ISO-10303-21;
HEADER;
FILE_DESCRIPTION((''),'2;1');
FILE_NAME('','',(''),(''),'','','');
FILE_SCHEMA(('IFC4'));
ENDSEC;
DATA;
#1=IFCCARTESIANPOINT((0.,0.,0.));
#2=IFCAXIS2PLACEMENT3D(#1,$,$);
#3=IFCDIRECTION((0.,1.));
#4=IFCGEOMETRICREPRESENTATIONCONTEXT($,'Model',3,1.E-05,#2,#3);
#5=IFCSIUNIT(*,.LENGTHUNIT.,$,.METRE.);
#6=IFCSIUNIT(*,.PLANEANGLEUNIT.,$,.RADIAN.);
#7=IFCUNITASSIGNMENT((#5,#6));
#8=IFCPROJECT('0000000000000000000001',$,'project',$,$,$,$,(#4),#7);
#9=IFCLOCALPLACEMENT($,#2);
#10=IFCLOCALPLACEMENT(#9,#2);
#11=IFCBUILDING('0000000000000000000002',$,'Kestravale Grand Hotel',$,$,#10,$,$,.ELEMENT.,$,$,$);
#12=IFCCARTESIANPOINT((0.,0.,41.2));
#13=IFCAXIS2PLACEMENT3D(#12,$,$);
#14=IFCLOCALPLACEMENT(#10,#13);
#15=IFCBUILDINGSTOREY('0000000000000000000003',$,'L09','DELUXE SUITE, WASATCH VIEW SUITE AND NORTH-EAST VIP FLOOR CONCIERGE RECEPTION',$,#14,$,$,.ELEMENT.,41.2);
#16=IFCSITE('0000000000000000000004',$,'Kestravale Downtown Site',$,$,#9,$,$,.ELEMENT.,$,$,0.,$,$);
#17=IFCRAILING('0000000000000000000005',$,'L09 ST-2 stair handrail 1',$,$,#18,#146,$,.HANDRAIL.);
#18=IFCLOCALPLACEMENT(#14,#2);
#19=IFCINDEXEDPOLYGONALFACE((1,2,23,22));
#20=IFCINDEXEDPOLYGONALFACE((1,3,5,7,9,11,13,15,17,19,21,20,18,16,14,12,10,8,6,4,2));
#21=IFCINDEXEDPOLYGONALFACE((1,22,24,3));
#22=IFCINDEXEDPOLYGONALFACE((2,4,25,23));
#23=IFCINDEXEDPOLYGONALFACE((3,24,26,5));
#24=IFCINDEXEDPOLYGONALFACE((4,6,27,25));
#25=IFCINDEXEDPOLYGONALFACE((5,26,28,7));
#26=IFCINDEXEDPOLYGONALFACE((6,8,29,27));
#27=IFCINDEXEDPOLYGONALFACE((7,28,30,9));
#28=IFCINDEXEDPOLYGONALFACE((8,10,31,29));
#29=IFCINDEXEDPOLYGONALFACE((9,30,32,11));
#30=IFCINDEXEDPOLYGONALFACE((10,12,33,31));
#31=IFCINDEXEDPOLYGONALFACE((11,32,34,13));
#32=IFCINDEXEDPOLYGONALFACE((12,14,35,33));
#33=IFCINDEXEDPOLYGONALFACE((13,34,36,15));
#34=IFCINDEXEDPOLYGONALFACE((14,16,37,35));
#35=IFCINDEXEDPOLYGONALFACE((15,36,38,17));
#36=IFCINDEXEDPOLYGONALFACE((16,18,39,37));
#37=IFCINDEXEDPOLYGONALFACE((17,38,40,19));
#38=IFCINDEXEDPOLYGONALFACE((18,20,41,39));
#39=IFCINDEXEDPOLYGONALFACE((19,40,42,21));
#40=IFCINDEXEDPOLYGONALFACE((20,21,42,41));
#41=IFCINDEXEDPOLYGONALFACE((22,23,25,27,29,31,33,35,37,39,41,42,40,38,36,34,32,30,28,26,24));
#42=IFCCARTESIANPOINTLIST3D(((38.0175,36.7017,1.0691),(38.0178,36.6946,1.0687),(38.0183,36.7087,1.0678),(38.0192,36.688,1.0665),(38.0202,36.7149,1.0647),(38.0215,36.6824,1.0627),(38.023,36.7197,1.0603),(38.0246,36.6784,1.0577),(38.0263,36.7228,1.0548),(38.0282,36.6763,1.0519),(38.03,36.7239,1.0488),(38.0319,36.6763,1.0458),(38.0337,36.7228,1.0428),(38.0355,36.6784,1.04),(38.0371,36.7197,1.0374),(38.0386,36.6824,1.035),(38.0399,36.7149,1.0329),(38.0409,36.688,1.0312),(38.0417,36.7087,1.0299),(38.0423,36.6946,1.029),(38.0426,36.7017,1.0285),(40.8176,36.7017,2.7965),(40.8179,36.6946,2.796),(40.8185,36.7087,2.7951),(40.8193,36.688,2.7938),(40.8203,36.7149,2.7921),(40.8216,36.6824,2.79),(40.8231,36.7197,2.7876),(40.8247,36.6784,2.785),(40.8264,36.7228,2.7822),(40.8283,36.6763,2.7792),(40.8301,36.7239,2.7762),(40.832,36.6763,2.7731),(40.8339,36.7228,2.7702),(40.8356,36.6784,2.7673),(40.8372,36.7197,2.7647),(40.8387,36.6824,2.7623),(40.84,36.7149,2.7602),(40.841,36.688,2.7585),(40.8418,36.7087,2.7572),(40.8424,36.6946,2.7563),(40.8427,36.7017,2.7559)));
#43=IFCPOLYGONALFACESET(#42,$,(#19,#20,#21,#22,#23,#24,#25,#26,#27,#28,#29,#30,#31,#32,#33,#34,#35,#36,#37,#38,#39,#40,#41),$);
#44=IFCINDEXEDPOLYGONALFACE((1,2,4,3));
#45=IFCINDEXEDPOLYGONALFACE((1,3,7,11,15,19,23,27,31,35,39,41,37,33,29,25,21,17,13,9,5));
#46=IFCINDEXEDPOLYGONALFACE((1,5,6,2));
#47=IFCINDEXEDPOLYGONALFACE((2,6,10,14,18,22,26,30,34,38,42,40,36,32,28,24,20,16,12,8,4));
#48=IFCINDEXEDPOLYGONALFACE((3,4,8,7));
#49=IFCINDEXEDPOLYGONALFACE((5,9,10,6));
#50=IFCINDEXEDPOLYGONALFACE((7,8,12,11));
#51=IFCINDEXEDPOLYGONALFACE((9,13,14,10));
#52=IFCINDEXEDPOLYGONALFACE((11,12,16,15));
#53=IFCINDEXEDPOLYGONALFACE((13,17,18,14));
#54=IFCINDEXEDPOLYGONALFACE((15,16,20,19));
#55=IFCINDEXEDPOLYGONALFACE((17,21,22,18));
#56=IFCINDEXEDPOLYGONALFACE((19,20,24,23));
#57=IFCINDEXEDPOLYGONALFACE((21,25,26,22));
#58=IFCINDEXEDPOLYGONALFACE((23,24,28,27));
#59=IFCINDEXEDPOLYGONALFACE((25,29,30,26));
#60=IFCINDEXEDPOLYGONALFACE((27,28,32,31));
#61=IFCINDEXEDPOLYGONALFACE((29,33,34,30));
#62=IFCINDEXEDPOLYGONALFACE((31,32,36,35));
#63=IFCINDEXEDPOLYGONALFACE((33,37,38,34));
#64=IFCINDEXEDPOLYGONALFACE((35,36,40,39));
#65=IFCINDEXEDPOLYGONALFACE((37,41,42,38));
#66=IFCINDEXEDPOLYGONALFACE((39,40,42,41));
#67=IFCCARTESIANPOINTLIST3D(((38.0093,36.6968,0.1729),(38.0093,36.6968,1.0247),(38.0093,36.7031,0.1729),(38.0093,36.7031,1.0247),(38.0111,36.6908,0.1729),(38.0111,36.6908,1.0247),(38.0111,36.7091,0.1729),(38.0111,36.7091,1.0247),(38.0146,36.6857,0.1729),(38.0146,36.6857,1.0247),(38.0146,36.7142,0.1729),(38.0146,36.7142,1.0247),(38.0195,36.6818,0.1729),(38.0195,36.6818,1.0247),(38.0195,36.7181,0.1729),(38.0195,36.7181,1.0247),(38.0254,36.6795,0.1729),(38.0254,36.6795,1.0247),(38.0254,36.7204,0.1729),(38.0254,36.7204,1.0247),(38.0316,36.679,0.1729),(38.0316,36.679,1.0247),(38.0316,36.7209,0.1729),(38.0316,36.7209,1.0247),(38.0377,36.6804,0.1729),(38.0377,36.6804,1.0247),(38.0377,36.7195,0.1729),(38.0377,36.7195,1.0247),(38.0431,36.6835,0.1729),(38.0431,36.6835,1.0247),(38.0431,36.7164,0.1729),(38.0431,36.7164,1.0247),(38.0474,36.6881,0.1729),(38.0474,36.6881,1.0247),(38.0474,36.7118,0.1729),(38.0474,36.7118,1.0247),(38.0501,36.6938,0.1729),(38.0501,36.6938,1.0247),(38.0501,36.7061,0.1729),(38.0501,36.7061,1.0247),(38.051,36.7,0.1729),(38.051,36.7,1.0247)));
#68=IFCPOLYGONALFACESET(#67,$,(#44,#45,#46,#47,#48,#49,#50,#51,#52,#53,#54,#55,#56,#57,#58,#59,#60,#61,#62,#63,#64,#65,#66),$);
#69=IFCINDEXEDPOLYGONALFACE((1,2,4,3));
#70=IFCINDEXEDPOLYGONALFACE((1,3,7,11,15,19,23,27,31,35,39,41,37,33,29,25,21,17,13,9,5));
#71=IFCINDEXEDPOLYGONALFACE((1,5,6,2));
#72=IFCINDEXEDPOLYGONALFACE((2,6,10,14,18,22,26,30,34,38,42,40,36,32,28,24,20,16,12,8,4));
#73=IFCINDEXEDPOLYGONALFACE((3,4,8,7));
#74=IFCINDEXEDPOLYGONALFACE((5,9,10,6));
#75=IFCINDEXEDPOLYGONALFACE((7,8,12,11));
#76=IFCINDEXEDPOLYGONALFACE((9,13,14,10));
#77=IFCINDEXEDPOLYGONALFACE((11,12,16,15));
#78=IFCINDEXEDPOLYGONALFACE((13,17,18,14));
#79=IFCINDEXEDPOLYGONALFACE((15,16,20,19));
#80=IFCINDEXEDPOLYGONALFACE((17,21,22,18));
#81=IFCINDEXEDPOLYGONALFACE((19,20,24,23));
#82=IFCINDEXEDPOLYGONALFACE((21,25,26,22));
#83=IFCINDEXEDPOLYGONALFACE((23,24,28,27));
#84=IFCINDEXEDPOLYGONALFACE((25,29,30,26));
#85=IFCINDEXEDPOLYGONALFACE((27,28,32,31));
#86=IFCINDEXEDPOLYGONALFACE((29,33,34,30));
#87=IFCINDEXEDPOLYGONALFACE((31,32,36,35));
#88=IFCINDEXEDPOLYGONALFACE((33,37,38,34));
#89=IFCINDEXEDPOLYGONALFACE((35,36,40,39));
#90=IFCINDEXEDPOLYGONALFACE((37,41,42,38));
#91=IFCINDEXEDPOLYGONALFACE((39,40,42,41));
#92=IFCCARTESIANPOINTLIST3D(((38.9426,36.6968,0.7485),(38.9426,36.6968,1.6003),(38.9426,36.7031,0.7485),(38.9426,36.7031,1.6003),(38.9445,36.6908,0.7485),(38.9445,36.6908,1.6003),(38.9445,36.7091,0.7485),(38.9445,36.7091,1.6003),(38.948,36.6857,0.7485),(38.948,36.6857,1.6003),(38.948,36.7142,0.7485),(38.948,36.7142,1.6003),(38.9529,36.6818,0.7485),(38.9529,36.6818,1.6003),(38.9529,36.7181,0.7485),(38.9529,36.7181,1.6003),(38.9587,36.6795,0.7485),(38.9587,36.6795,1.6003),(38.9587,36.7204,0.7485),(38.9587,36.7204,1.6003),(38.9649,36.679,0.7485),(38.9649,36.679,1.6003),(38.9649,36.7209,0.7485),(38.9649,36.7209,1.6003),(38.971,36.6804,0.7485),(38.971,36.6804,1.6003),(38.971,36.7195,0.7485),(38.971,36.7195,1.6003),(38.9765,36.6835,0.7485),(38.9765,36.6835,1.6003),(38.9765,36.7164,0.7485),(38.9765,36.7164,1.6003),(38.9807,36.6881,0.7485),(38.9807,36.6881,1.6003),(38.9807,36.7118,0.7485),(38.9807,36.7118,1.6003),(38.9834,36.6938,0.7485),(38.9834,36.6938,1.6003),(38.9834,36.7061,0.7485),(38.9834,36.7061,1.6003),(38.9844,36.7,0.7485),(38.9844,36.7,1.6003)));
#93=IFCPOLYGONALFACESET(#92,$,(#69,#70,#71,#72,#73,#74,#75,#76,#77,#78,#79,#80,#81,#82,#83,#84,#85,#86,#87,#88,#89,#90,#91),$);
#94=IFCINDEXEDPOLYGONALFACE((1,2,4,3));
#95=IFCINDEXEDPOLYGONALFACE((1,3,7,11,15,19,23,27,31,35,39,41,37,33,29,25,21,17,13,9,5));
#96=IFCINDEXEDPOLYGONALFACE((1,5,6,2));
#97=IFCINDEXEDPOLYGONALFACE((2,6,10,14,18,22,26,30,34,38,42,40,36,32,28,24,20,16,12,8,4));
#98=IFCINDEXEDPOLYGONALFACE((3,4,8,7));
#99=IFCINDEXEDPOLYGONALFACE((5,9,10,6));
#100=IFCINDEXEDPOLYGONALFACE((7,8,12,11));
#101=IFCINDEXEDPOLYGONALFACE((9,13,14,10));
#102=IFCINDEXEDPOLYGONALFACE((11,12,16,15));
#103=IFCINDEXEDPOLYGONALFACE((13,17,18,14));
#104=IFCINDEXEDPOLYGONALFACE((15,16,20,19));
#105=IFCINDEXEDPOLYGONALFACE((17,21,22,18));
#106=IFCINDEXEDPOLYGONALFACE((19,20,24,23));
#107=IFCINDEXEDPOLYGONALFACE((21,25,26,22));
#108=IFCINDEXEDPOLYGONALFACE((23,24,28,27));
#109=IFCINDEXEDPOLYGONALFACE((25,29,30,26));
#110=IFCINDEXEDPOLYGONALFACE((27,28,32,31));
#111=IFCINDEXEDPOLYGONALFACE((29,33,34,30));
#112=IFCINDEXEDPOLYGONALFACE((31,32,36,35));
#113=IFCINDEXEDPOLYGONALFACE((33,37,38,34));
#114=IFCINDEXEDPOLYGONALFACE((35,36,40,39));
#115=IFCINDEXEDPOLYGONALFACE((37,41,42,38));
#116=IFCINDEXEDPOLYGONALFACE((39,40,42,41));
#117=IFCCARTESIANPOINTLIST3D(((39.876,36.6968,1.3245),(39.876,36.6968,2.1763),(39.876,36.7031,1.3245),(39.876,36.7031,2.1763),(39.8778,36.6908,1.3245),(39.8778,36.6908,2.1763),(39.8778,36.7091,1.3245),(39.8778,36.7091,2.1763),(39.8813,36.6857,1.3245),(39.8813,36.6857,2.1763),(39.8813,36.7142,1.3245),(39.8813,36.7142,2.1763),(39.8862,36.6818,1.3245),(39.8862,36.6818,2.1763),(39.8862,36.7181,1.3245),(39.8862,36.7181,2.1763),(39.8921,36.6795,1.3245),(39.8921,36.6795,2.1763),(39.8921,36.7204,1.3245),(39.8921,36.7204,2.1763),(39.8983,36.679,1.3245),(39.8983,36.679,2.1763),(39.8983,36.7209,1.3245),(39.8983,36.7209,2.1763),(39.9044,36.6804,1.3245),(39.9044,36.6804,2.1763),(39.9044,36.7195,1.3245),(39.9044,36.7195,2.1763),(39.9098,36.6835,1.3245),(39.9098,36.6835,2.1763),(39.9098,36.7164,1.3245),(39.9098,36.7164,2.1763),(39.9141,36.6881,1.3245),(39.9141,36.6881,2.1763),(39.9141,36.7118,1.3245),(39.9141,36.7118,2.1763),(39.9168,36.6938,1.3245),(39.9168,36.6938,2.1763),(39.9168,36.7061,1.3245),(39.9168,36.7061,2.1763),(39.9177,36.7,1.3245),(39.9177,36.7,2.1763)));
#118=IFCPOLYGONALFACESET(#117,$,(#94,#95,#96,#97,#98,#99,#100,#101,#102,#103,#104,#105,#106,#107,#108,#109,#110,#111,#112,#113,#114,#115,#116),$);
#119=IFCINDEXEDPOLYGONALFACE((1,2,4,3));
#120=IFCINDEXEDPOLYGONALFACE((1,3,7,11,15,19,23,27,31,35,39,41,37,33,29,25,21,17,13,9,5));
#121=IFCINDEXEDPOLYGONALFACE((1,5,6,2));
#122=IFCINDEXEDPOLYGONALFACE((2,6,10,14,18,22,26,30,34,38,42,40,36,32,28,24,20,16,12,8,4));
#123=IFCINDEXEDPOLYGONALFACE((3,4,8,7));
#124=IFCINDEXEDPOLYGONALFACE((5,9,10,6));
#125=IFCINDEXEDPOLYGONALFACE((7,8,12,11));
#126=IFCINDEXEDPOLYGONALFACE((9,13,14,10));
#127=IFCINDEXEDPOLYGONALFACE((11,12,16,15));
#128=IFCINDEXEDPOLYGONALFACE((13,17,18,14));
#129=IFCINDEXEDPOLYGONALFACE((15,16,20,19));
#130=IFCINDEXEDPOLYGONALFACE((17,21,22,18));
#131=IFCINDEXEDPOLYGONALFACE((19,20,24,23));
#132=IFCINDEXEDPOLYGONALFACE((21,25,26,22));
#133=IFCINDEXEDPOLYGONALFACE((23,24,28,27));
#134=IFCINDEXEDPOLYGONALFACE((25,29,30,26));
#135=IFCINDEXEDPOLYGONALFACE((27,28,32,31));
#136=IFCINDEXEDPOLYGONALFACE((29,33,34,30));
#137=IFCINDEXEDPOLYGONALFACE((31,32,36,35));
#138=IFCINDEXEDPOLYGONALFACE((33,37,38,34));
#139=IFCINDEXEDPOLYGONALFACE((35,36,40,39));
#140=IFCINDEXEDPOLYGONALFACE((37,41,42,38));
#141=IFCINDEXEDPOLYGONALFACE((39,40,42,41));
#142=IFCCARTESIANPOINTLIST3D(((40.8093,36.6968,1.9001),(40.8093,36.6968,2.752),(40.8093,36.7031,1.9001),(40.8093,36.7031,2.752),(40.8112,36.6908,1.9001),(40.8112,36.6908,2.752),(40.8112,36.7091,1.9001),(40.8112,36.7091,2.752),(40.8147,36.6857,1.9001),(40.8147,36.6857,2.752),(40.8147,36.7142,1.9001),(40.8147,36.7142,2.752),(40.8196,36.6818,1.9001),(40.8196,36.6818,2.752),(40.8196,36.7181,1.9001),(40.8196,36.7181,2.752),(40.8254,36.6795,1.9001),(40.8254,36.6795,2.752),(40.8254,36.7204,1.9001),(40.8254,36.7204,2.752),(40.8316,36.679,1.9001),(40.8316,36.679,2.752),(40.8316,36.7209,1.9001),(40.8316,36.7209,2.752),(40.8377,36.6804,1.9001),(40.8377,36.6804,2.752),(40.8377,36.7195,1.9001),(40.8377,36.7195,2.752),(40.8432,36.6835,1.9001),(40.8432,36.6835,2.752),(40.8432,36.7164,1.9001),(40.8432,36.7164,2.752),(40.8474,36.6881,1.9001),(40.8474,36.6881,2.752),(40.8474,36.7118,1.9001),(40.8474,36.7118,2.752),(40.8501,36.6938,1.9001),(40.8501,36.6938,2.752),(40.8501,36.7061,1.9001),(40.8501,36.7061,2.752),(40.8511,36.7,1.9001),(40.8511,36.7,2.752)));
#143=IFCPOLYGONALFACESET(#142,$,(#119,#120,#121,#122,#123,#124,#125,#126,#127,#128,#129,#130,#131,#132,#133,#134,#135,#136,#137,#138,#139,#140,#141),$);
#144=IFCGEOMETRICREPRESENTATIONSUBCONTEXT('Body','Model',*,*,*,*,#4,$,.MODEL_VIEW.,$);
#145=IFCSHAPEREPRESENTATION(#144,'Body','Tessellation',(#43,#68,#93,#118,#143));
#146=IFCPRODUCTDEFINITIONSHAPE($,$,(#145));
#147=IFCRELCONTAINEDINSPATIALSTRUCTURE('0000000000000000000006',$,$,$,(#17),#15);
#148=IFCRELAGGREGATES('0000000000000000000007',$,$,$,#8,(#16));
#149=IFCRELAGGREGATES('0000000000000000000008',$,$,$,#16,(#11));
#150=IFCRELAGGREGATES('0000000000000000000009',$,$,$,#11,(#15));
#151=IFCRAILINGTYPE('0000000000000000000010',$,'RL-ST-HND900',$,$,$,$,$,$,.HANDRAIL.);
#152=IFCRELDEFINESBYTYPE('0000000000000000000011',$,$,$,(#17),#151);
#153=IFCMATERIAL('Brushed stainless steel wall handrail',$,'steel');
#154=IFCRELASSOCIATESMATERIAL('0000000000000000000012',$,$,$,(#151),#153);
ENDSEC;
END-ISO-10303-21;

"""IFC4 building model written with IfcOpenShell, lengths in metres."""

from ifc_helpers import new_model, si_unit, direction, frame, origin, origin_2d, place, context, subcontext, project, spatial, circle, extrude, material, type_object, element, save


model = new_model("IFC4")

# Units and contexts
model_context = context("Model", 3, precision=1e-05, world=origin(), true_north=direction((0.0, 1.0)))
body_context = subcontext(model_context, "Body", "Model", "MODEL_VIEW")
ifc_project = project(units=[si_unit("LENGTHUNIT", "METRE"), si_unit("PLANEANGLEUNIT", "RADIAN")], contexts=[model_context])

# Site, building, storey
site_placement = place(None, origin())
site = spatial("IfcSite", under=ifc_project, at=site_placement, Name="Kestravale Downtown Site", CompositionType="ELEMENT", RefElevation=0.0)
building_placement = place(site_placement, origin())
building = spatial("IfcBuilding", under=site, at=building_placement, Name="Kestravale Grand Hotel", CompositionType="ELEMENT")
storey_placement = place(building_placement, frame((0.0, 0.0, 41.2)))
storey = spatial("IfcBuildingStorey", under=building, at=storey_placement, Name="L09", Description="DELUXE SUITE, WASATCH VIEW SUITE AND NORTH-EAST VIP FLOOR CONCIERGE RECEPTION", CompositionType="ELEMENT", Elevation=41.2)

# Railing
ifc_material_1 = material(Name="Brushed stainless steel wall handrail", Category="steel")
railing_type_1 = type_object("IfcRailingType", Name="RL-ST-HND900", PredefinedType="HANDRAIL", material=ifc_material_1)
railing_1_placement = place(storey_placement, frame((38.03, 36.7, 0.1729)))
element("IfcRailing", 1, at=railing_1_placement, inside=storey, type_object=railing_type_1, Name="L09 ST-2 stair handrail 1", PredefinedType="HANDRAIL", context=body_context, shape_type="SweptSolid", body=[
    extrude(circle(Radius=0.0239, at=origin_2d()), frame((0.0, 0.0, 0.876), z_axis=(0.85109, 0.0, 0.52502), x_axis=(0.0, 1.0, 0.0)), (0.0, 0.0, 1.0), 3.29),
    extrude(circle(Radius=0.021, at=origin_2d()), origin(), (0.0, 0.0, 1.0), 0.8518),
    extrude(circle(Radius=0.021, at=origin_2d()), frame((0.9333, 0.0, 0.5757)), (0.0, 0.0, 1.0), 0.8518),
    extrude(circle(Radius=0.021, at=origin_2d()), frame((1.8667, 0.0, 1.1516)), (0.0, 0.0, 1.0), 0.8518),
    extrude(circle(Radius=0.021, at=origin_2d()), frame((2.8, 0.0, 1.7273)), (0.0, 0.0, 1.0), 0.8518),
])

save(model, "model.ifc")
